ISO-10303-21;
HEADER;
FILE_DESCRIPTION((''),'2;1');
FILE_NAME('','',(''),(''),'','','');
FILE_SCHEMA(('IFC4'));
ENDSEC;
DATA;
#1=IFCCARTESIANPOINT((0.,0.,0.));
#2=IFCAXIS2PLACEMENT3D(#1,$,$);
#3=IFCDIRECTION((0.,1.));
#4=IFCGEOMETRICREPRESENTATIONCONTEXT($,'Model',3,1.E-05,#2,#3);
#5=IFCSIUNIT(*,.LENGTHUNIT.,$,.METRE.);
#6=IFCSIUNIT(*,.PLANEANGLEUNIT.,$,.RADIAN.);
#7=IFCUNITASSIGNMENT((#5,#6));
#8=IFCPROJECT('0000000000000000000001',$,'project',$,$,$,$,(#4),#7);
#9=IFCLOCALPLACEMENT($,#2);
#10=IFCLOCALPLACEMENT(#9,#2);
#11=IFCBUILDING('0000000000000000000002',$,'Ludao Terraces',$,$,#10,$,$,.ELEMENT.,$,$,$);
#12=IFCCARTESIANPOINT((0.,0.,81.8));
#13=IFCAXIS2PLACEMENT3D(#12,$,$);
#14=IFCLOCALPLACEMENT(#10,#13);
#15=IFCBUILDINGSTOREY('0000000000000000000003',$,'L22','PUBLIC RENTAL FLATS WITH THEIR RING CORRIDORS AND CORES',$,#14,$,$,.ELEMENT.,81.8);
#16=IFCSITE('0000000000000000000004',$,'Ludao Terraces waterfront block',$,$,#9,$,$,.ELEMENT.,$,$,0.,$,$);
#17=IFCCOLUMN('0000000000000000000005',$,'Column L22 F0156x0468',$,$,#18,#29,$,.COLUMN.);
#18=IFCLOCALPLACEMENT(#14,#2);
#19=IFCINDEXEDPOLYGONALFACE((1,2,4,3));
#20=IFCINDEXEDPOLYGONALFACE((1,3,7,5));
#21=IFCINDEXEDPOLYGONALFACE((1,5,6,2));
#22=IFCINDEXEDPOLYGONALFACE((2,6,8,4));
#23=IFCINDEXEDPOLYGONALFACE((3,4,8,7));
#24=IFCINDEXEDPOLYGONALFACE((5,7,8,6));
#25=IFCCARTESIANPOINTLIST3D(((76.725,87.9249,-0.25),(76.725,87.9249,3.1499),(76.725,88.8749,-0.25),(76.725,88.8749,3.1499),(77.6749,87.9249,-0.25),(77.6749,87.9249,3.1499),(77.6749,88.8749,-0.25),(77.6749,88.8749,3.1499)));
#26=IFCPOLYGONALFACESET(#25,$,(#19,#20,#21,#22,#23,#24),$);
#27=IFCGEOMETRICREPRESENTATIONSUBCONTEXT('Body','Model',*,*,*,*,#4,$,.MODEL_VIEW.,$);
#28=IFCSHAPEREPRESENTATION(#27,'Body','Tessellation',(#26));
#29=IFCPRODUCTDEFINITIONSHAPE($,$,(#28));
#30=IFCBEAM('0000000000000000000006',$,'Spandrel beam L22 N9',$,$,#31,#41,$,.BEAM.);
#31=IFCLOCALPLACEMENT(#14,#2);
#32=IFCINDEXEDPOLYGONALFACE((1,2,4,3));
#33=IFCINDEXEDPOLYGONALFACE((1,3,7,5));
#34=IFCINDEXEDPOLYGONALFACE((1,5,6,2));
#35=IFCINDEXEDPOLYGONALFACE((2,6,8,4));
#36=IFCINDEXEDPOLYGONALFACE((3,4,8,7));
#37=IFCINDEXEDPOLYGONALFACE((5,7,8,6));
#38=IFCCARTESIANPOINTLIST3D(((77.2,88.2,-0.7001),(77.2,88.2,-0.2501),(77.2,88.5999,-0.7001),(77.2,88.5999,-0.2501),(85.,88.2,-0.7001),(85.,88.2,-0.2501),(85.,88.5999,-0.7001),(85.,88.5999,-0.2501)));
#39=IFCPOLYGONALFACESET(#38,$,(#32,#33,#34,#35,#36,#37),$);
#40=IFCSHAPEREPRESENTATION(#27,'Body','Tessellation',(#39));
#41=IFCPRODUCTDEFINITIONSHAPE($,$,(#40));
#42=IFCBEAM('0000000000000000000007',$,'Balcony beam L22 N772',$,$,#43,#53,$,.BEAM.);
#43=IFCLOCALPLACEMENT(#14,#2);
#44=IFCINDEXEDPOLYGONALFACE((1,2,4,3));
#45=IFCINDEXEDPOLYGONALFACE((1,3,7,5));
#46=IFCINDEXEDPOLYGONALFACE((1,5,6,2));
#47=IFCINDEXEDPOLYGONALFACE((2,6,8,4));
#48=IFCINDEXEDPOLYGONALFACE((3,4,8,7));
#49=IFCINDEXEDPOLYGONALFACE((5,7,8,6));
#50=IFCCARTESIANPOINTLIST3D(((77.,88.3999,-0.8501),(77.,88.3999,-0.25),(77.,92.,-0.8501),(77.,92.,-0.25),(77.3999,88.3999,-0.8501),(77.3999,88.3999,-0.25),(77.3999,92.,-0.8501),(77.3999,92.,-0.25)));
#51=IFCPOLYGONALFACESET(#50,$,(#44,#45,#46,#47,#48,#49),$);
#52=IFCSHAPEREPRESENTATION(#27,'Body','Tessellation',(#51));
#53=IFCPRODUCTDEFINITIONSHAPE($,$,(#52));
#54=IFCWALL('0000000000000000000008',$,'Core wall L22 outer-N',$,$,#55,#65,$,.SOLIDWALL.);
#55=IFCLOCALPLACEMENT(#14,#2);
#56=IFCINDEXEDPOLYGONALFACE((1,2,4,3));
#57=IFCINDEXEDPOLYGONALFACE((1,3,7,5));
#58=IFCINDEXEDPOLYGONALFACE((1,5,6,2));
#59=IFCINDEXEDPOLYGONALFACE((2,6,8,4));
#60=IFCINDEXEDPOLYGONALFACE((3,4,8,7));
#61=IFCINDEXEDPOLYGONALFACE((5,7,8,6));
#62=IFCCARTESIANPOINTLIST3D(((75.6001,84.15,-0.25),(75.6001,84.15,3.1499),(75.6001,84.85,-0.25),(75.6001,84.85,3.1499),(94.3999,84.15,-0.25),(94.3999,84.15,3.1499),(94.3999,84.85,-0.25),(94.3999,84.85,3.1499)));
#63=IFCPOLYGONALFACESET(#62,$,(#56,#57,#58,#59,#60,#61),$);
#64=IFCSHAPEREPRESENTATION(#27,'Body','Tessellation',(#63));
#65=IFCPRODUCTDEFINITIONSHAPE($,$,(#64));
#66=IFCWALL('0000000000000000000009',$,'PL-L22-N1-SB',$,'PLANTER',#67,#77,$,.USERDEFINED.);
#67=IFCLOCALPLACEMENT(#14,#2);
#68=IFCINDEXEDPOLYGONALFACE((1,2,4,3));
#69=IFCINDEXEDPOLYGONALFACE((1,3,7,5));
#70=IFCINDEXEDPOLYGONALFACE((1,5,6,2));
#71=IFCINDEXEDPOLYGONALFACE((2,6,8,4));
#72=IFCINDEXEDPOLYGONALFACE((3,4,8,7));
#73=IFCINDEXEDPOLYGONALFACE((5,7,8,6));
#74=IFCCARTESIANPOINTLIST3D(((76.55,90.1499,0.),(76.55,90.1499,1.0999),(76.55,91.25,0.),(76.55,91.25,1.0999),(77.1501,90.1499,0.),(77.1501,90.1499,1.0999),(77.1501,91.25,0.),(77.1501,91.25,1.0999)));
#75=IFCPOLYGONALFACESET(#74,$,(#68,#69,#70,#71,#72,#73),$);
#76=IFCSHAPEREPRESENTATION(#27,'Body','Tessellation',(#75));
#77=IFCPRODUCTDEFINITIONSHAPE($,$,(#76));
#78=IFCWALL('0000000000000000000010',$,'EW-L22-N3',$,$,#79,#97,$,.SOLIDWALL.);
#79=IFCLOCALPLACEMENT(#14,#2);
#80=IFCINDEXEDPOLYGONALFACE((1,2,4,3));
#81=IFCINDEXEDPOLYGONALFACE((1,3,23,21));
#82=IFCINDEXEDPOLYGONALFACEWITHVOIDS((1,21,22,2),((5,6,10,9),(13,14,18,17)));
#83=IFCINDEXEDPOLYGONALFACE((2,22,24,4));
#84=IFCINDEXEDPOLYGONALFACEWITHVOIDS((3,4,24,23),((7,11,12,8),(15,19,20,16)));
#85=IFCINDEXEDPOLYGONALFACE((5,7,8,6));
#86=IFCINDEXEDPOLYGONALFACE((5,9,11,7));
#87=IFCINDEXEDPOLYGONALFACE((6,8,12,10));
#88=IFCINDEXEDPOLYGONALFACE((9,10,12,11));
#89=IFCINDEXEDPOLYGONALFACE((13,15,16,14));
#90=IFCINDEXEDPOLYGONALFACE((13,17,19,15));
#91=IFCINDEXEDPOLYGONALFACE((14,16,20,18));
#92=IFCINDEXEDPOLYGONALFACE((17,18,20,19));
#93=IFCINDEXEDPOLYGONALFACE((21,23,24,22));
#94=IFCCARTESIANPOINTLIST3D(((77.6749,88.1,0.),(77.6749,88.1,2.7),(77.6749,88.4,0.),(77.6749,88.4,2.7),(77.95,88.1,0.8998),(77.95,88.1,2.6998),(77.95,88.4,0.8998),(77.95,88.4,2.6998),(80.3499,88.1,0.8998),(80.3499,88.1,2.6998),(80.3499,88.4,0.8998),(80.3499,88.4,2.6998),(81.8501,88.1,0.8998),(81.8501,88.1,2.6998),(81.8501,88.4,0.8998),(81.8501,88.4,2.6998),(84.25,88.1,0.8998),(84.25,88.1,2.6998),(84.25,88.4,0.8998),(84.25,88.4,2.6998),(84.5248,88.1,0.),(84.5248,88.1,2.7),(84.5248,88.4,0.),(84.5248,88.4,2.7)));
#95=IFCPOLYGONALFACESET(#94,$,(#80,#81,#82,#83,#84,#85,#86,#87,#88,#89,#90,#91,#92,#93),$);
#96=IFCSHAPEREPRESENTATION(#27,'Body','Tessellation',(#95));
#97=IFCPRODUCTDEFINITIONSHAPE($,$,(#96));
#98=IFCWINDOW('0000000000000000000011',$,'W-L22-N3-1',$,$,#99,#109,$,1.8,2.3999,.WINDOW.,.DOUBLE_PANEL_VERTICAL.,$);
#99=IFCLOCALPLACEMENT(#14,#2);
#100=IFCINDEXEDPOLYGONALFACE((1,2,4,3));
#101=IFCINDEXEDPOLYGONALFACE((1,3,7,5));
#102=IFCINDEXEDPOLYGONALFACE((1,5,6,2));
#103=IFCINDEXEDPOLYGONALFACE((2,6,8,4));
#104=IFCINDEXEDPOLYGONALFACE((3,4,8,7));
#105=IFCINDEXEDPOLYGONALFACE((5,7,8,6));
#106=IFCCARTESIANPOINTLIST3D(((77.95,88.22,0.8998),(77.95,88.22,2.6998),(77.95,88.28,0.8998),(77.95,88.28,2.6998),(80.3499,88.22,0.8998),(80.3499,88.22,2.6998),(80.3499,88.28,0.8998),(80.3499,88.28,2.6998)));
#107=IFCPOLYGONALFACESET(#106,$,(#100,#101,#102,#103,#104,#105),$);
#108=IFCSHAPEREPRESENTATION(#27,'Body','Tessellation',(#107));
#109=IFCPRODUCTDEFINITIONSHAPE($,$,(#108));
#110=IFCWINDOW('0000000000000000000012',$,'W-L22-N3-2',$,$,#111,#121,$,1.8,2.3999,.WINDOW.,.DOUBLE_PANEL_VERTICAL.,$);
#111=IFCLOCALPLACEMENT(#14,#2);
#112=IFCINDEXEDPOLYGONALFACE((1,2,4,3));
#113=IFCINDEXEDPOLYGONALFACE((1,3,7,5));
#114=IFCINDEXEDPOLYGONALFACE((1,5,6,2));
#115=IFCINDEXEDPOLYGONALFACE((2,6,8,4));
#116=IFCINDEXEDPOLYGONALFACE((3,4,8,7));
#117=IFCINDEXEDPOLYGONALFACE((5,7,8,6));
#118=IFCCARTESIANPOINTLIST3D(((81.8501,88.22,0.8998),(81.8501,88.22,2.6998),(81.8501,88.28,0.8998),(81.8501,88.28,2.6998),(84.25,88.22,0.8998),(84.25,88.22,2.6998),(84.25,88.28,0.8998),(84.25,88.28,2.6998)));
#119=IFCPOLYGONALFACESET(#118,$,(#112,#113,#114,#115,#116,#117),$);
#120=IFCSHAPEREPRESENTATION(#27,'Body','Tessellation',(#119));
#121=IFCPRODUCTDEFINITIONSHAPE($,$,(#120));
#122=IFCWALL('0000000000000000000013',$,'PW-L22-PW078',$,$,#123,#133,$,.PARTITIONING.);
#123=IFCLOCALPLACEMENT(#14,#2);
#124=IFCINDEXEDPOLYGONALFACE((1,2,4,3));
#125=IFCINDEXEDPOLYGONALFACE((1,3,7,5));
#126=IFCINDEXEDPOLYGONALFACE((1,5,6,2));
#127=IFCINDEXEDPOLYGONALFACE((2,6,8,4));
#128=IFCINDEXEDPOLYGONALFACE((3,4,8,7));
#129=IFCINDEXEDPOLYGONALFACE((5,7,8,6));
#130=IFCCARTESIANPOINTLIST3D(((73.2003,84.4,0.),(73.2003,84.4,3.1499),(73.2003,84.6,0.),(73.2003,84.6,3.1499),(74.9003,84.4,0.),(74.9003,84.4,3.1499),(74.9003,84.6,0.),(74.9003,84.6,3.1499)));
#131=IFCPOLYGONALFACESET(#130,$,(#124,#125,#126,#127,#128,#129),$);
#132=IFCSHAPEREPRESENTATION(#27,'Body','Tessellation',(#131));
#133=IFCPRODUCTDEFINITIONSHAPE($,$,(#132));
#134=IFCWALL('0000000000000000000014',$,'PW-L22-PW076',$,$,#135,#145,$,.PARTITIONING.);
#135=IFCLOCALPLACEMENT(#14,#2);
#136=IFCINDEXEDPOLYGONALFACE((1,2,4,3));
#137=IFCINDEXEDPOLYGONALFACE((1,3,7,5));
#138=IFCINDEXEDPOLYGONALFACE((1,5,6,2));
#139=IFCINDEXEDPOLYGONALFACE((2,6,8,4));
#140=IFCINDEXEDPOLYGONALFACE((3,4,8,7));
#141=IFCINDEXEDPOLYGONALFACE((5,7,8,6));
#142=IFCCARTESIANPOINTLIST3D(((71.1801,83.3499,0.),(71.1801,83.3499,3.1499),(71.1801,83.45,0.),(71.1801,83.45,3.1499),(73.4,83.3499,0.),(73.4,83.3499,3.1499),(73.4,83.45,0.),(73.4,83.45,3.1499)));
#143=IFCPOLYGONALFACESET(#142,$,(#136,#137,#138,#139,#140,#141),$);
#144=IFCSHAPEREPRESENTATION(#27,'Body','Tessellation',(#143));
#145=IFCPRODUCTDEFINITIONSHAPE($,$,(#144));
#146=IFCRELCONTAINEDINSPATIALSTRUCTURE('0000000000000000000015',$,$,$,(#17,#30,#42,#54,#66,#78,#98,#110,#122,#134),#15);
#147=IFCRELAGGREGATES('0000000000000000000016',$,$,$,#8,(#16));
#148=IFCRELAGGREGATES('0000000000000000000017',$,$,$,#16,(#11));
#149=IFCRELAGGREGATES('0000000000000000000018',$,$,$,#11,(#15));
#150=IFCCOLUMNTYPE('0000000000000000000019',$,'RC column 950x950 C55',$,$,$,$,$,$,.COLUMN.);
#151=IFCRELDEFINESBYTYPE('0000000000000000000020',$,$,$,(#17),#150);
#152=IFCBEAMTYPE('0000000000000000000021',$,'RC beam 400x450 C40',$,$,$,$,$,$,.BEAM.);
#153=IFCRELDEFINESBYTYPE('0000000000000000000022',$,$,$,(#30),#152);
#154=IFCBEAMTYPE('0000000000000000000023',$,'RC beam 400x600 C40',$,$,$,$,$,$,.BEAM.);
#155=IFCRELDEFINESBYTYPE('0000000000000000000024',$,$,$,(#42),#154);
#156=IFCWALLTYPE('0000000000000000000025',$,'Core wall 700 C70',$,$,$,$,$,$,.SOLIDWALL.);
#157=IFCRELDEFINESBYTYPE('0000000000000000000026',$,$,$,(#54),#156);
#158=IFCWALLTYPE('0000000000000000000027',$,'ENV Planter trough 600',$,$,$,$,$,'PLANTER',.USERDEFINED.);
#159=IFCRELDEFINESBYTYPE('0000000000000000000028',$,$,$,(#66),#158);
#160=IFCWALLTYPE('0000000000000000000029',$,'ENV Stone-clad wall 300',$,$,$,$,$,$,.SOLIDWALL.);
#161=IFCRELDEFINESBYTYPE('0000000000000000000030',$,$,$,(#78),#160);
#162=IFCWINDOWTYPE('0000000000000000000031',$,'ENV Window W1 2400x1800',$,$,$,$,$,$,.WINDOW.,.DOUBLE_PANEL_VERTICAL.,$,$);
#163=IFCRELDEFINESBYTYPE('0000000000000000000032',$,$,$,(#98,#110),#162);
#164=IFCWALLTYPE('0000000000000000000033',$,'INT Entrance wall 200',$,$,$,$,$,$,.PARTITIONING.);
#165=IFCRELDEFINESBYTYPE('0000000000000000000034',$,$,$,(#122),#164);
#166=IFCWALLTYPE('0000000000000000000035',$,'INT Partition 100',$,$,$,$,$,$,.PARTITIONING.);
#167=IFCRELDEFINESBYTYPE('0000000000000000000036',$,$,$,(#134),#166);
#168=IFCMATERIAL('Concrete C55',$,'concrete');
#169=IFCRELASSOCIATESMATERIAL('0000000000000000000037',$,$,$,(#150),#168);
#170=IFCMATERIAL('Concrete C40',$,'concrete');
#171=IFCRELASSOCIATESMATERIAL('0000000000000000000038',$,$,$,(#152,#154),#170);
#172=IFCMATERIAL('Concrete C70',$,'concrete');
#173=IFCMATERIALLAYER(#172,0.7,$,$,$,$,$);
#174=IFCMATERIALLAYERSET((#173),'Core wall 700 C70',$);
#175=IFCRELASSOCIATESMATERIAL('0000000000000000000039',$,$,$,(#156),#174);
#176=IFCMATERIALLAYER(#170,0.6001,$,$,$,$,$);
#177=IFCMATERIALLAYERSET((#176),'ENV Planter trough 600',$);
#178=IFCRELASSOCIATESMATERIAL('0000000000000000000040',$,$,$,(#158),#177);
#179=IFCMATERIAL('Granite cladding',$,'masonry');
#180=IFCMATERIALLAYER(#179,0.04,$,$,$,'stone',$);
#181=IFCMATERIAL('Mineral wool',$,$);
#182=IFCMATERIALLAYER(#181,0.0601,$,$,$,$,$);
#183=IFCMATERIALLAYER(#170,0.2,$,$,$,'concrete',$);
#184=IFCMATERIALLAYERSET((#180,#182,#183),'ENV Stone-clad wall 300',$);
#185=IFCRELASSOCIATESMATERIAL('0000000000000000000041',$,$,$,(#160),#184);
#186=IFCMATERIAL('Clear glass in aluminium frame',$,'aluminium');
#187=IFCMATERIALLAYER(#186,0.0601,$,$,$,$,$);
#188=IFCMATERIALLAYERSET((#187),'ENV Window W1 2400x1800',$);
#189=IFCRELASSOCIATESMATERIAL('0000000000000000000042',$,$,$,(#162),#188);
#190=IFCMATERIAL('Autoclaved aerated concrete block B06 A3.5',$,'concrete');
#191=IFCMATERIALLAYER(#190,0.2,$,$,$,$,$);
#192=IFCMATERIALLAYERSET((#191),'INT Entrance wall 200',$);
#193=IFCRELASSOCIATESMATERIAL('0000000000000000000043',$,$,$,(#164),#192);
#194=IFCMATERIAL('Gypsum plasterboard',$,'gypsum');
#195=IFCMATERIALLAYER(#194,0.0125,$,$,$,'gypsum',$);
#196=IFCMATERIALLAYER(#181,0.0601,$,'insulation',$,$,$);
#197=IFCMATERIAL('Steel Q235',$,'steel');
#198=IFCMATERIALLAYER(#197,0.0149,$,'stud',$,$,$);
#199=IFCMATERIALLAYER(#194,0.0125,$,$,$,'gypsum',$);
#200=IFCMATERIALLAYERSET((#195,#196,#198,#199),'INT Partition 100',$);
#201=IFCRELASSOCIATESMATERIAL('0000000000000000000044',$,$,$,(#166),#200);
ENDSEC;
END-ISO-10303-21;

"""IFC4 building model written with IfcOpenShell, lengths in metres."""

from ifc_helpers import new_model, si_unit, direction, frame, frame_2d, origin, origin_2d, place, context, subcontext, project, spatial, rectangle, extrude, material, layer, layer_set, material_profile, profile_set, type_object, element, fill, save


model = new_model("IFC4")

# Units and contexts
model_context = context("Model", 3, precision=1e-05, world=origin(), true_north=direction((0.0, 1.0)))
body_context = subcontext(model_context, "Body", "Model", "MODEL_VIEW")
ifc_project = project(units=[si_unit("LENGTHUNIT", "METRE"), si_unit("PLANEANGLEUNIT", "RADIAN")], contexts=[model_context])

# Site, building, storey
site_placement = place(None, origin())
site = spatial("IfcSite", under=ifc_project, at=site_placement, Name="Ludao Terraces waterfront block", CompositionType="ELEMENT", RefElevation=0.0)
building_placement = place(site_placement, origin())
building = spatial("IfcBuilding", under=site, at=building_placement, Name="Ludao Terraces", CompositionType="ELEMENT")
storey_placement = place(building_placement, frame((0.0, 0.0, 81.8)))
storey = spatial("IfcBuildingStorey", under=building, at=storey_placement, Name="L22", Description="PUBLIC RENTAL FLATS WITH THEIR RING CORRIDORS AND CORES", CompositionType="ELEMENT", Elevation=81.8)

# Column
ifc_material_1 = material(Name="Concrete C55", Category="concrete")
ifc_material_profile_1 = material_profile(ifc_material_1, rectangle(XDim=0.95, YDim=0.95, at=origin_2d()), Name="950 X 950")
ifc_profile_set_1 = profile_set([ifc_material_profile_1], Name="Concrete C55")
column_type = type_object("IfcColumnType", Name="RC column 950x950 C55", PredefinedType="COLUMN", material=ifc_profile_set_1)
column_placement = place(storey_placement, frame((77.2, 88.3999, -0.25), z_axis=(0.0, 0.0, 1.0), x_axis=(1.0, 0.0, 0.0)))
element("IfcColumn", 1, at=column_placement, inside=storey, type_object=column_type, Name="Column L22 F0156x0468", PredefinedType="COLUMN", context=body_context, shape_type="SweptSolid", body=[
    extrude(rectangle(XDim=0.95, YDim=0.95, at=origin_2d()), origin(), (0.0, 0.0, 1.0), 3.3999),
])

# Beams
ifc_material_2 = material(Name="Concrete C40", Category="concrete")
ifc_material_profile_2 = material_profile(ifc_material_2, rectangle(XDim=0.3999, YDim=0.45, at=origin_2d()), Name="400 X 450")
ifc_profile_set_2 = profile_set([ifc_material_profile_2], Name="Concrete C40")
beam_type_1 = type_object("IfcBeamType", Name="RC beam 400x450 C40", PredefinedType="BEAM", material=ifc_profile_set_2)
beam_1_placement = place(storey_placement, frame((77.2, 88.3999, -0.4751), z_axis=(1.0, 0.0, 0.0), x_axis=(0.0, 1.0, 0.0)))
element("IfcBeam", 2, at=beam_1_placement, inside=storey, type_object=beam_type_1, Name="Spandrel beam L22 N9", PredefinedType="BEAM", context=body_context, shape_type="SweptSolid", body=[
    extrude(rectangle(XDim=0.3999, YDim=0.45, at=origin_2d()), origin(), (0.0, 0.0, 1.0), 7.8),
])
ifc_material_profile_3 = material_profile(ifc_material_2, rectangle(XDim=0.3999, YDim=0.6001, at=origin_2d()), Name="400 X 600")
ifc_profile_set_3 = profile_set([ifc_material_profile_3], Name="Concrete C40")
beam_type_2 = type_object("IfcBeamType", Name="RC beam 400x600 C40", PredefinedType="BEAM", material=ifc_profile_set_3)
beam_2_placement = place(storey_placement, frame((77.2, 88.3999, -0.55), z_axis=(0.0, 1.0, 0.0), x_axis=(-1.0, 0.0, 0.0)))
element("IfcBeam", 3, at=beam_2_placement, inside=storey, type_object=beam_type_2, Name="Balcony beam L22 N772", PredefinedType="BEAM", context=body_context, shape_type="SweptSolid", body=[
    extrude(rectangle(XDim=0.3999, YDim=0.6001, at=origin_2d()), origin(), (0.0, 0.0, 1.0), 3.6001),
])

# Walls
ifc_material_3 = material(Name="Concrete C70", Category="concrete")
ifc_layer_1 = layer(ifc_material_3, 0.7)
ifc_layer_set_1 = layer_set([ifc_layer_1], Name="Core wall 700 C70")
wall_type_1 = type_object("IfcWallType", Name="Core wall 700 C70", PredefinedType="SOLIDWALL", material=ifc_layer_set_1)
wall_1_placement = place(storey_placement, frame((75.6001, 84.5, -0.25), z_axis=(0.0, 0.0, 1.0), x_axis=(1.0, 0.0, 0.0)))
element("IfcWall", 4, at=wall_1_placement, inside=storey, type_object=wall_type_1, Name="Core wall L22 outer-N", PredefinedType="SOLIDWALL", context=body_context, shape_type="SweptSolid", body=[
    extrude(rectangle(XDim=18.7998, YDim=0.7, at=frame_2d((9.3999, 0.0))), origin(), (0.0, 0.0, 1.0), 3.3999),
])
ifc_layer_2 = layer(ifc_material_2, 0.6001)
ifc_layer_set_2 = layer_set([ifc_layer_2], Name="ENV Planter trough 600")
wall_type_2 = type_object("IfcWallType", Name="ENV Planter trough 600", ElementType="PLANTER", PredefinedType="USERDEFINED", material=ifc_layer_set_2)
wall_2_placement = place(storey_placement, frame((76.8501, 91.25, 0.0), z_axis=(0.0, 0.0, 1.0), x_axis=(0.0, -1.0, 0.0)))
element("IfcWall", 5, at=wall_2_placement, inside=storey, type_object=wall_type_2, Name="PL-L22-N1-SB", ObjectType="PLANTER", PredefinedType="USERDEFINED", context=body_context, shape_type="SweptSolid", body=[
    extrude(rectangle(XDim=1.1001, YDim=0.6001, at=frame_2d((0.55, 0.0))), origin(), (0.0, 0.0, 1.0), 1.0999),
])

# Wall, openings, windows
ifc_material_4 = material(Name="Granite cladding", Category="masonry")
ifc_layer_3 = layer(ifc_material_4, 0.04, Category="stone")
ifc_material_5 = material(Name="Mineral wool")
ifc_layer_4 = layer(ifc_material_5, 0.0601)
ifc_layer_5 = layer(ifc_material_2, 0.2, Category="concrete")
ifc_layer_set_3 = layer_set([ifc_layer_3, ifc_layer_4, ifc_layer_5], Name="ENV Stone-clad wall 300")
wall_type_3 = type_object("IfcWallType", Name="ENV Stone-clad wall 300", PredefinedType="SOLIDWALL", material=ifc_layer_set_3)
wall_3_placement = place(storey_placement, frame((77.675, 88.25, 0.0), z_axis=(0.0, 0.0, 1.0), x_axis=(1.0, 0.0, 0.0)))
wall_3 = element("IfcWall", 6, at=wall_3_placement, inside=storey, type_object=wall_type_3, Name="EW-L22-N3", PredefinedType="SOLIDWALL", context=body_context, shape_type="SweptSolid", body=[
    extrude(rectangle(XDim=6.8499, YDim=0.3, at=frame_2d((3.4248, 0.0))), origin(), (0.0, 0.0, 1.0), 2.7),
])
opening_1_placement = place(wall_3_placement, frame((0.2749, 0.0, 0.8999)))
opening_1 = element("IfcOpeningElement", 7, at=opening_1_placement, cuts=wall_3, PredefinedType="OPENING", context=body_context, shape_type="SweptSolid", body=[
    extrude(rectangle(XDim=2.3999, YDim=1.8, at=frame_2d((1.2, 0.8999))), frame((0.0, 0.1602, 0.0), z_axis=(0.0, -1.0, 0.0), x_axis=(1.0, 0.0, 0.0)), (0.0, 0.0, 1.0), 0.3201),
])
opening_2_placement = place(wall_3_placement, frame((4.175, 0.0, 0.8999)))
opening_2 = element("IfcOpeningElement", 8, at=opening_2_placement, cuts=wall_3, PredefinedType="OPENING", context=body_context, shape_type="SweptSolid", body=[
    extrude(rectangle(XDim=2.3999, YDim=1.8, at=frame_2d((1.2, 0.8999))), frame((0.0, 0.1602, 0.0), z_axis=(0.0, -1.0, 0.0), x_axis=(1.0, 0.0, 0.0)), (0.0, 0.0, 1.0), 0.3201),
])
ifc_material_6 = material(Name="Clear glass in aluminium frame", Category="aluminium")
ifc_layer_6 = layer(ifc_material_6, 0.0601)
ifc_layer_set_4 = layer_set([ifc_layer_6], Name="ENV Window W1 2400x1800")
window_type = type_object("IfcWindowType", Name="ENV Window W1 2400x1800", PartitioningType="DOUBLE_PANEL_VERTICAL", PredefinedType="WINDOW", material=ifc_layer_set_4)
window_1_placement = place(opening_1_placement, origin())
window_1 = element("IfcWindow", 9, at=window_1_placement, inside=storey, type_object=window_type, Name="W-L22-N3-1", OverallHeight=1.8, OverallWidth=2.3999, PartitioningType="DOUBLE_PANEL_VERTICAL", PredefinedType="WINDOW", context=body_context, shape_type="SweptSolid", body=[
    extrude(rectangle(XDim=2.3999, YDim=1.8, at=frame_2d((1.2, 0.8999))), frame((0.0, 0.03, 0.0), z_axis=(0.0, -1.0, 0.0), x_axis=(1.0, 0.0, 0.0)), (0.0, 0.0, 1.0), 0.0601),
])
fill(opening_1, window_1)
window_2_placement = place(opening_2_placement, origin())
window_2 = element("IfcWindow", 10, at=window_2_placement, inside=storey, type_object=window_type, Name="W-L22-N3-2", OverallHeight=1.8, OverallWidth=2.3999, PartitioningType="DOUBLE_PANEL_VERTICAL", PredefinedType="WINDOW", context=body_context, shape_type="SweptSolid", body=[
    extrude(rectangle(XDim=2.3999, YDim=1.8, at=frame_2d((1.2, 0.8999))), frame((0.0, 0.03, 0.0), z_axis=(0.0, -1.0, 0.0), x_axis=(1.0, 0.0, 0.0)), (0.0, 0.0, 1.0), 0.0601),
])
fill(opening_2, window_2)

# Walls
ifc_material_7 = material(Name="Autoclaved aerated concrete block B06 A3.5", Category="concrete")
ifc_layer_7 = layer(ifc_material_7, 0.2)
ifc_layer_set_5 = layer_set([ifc_layer_7], Name="INT Entrance wall 200")
wall_type_4 = type_object("IfcWallType", Name="INT Entrance wall 200", PredefinedType="PARTITIONING", material=ifc_layer_set_5)
wall_4_placement = place(storey_placement, frame((73.2002, 84.5, 0.0), z_axis=(0.0, 0.0, 1.0), x_axis=(1.0, 0.0, 0.0)))
element("IfcWall", 11, at=wall_4_placement, inside=storey, type_object=wall_type_4, Name="PW-L22-PW078", PredefinedType="PARTITIONING", context=body_context, shape_type="SweptSolid", body=[
    extrude(rectangle(XDim=1.7, YDim=0.2, at=frame_2d((0.8501, 0.0))), origin(), (0.0, 0.0, 1.0), 3.1499),
])
ifc_material_8 = material(Name="Gypsum plasterboard", Category="gypsum")
ifc_layer_8 = layer(ifc_material_8, 0.0125, Category="gypsum")
ifc_layer_9 = layer(ifc_material_5, 0.0601, Name="insulation")
ifc_material_9 = material(Name="Steel Q235", Category="steel")
ifc_layer_10 = layer(ifc_material_9, 0.0149, Name="stud")
ifc_layer_11 = layer(ifc_material_8, 0.0125, Category="gypsum")
ifc_layer_set_6 = layer_set([ifc_layer_8, ifc_layer_9, ifc_layer_10, ifc_layer_11], Name="INT Partition 100")
wall_type_5 = type_object("IfcWallType", Name="INT Partition 100", PredefinedType="PARTITIONING", material=ifc_layer_set_6)
wall_5_placement = place(storey_placement, frame((71.1802, 83.3999, 0.0), z_axis=(0.0, 0.0, 1.0), x_axis=(1.0, 0.0, 0.0)))
element("IfcWall", 12, at=wall_5_placement, inside=storey, type_object=wall_type_5, Name="PW-L22-PW076", PredefinedType="PARTITIONING", context=body_context, shape_type="SweptSolid", body=[
    extrude(rectangle(XDim=2.22, YDim=0.1001, at=frame_2d((1.1099, 0.0))), origin(), (0.0, 0.0, 1.0), 3.1499),
])

save(model, "model.ifc")
